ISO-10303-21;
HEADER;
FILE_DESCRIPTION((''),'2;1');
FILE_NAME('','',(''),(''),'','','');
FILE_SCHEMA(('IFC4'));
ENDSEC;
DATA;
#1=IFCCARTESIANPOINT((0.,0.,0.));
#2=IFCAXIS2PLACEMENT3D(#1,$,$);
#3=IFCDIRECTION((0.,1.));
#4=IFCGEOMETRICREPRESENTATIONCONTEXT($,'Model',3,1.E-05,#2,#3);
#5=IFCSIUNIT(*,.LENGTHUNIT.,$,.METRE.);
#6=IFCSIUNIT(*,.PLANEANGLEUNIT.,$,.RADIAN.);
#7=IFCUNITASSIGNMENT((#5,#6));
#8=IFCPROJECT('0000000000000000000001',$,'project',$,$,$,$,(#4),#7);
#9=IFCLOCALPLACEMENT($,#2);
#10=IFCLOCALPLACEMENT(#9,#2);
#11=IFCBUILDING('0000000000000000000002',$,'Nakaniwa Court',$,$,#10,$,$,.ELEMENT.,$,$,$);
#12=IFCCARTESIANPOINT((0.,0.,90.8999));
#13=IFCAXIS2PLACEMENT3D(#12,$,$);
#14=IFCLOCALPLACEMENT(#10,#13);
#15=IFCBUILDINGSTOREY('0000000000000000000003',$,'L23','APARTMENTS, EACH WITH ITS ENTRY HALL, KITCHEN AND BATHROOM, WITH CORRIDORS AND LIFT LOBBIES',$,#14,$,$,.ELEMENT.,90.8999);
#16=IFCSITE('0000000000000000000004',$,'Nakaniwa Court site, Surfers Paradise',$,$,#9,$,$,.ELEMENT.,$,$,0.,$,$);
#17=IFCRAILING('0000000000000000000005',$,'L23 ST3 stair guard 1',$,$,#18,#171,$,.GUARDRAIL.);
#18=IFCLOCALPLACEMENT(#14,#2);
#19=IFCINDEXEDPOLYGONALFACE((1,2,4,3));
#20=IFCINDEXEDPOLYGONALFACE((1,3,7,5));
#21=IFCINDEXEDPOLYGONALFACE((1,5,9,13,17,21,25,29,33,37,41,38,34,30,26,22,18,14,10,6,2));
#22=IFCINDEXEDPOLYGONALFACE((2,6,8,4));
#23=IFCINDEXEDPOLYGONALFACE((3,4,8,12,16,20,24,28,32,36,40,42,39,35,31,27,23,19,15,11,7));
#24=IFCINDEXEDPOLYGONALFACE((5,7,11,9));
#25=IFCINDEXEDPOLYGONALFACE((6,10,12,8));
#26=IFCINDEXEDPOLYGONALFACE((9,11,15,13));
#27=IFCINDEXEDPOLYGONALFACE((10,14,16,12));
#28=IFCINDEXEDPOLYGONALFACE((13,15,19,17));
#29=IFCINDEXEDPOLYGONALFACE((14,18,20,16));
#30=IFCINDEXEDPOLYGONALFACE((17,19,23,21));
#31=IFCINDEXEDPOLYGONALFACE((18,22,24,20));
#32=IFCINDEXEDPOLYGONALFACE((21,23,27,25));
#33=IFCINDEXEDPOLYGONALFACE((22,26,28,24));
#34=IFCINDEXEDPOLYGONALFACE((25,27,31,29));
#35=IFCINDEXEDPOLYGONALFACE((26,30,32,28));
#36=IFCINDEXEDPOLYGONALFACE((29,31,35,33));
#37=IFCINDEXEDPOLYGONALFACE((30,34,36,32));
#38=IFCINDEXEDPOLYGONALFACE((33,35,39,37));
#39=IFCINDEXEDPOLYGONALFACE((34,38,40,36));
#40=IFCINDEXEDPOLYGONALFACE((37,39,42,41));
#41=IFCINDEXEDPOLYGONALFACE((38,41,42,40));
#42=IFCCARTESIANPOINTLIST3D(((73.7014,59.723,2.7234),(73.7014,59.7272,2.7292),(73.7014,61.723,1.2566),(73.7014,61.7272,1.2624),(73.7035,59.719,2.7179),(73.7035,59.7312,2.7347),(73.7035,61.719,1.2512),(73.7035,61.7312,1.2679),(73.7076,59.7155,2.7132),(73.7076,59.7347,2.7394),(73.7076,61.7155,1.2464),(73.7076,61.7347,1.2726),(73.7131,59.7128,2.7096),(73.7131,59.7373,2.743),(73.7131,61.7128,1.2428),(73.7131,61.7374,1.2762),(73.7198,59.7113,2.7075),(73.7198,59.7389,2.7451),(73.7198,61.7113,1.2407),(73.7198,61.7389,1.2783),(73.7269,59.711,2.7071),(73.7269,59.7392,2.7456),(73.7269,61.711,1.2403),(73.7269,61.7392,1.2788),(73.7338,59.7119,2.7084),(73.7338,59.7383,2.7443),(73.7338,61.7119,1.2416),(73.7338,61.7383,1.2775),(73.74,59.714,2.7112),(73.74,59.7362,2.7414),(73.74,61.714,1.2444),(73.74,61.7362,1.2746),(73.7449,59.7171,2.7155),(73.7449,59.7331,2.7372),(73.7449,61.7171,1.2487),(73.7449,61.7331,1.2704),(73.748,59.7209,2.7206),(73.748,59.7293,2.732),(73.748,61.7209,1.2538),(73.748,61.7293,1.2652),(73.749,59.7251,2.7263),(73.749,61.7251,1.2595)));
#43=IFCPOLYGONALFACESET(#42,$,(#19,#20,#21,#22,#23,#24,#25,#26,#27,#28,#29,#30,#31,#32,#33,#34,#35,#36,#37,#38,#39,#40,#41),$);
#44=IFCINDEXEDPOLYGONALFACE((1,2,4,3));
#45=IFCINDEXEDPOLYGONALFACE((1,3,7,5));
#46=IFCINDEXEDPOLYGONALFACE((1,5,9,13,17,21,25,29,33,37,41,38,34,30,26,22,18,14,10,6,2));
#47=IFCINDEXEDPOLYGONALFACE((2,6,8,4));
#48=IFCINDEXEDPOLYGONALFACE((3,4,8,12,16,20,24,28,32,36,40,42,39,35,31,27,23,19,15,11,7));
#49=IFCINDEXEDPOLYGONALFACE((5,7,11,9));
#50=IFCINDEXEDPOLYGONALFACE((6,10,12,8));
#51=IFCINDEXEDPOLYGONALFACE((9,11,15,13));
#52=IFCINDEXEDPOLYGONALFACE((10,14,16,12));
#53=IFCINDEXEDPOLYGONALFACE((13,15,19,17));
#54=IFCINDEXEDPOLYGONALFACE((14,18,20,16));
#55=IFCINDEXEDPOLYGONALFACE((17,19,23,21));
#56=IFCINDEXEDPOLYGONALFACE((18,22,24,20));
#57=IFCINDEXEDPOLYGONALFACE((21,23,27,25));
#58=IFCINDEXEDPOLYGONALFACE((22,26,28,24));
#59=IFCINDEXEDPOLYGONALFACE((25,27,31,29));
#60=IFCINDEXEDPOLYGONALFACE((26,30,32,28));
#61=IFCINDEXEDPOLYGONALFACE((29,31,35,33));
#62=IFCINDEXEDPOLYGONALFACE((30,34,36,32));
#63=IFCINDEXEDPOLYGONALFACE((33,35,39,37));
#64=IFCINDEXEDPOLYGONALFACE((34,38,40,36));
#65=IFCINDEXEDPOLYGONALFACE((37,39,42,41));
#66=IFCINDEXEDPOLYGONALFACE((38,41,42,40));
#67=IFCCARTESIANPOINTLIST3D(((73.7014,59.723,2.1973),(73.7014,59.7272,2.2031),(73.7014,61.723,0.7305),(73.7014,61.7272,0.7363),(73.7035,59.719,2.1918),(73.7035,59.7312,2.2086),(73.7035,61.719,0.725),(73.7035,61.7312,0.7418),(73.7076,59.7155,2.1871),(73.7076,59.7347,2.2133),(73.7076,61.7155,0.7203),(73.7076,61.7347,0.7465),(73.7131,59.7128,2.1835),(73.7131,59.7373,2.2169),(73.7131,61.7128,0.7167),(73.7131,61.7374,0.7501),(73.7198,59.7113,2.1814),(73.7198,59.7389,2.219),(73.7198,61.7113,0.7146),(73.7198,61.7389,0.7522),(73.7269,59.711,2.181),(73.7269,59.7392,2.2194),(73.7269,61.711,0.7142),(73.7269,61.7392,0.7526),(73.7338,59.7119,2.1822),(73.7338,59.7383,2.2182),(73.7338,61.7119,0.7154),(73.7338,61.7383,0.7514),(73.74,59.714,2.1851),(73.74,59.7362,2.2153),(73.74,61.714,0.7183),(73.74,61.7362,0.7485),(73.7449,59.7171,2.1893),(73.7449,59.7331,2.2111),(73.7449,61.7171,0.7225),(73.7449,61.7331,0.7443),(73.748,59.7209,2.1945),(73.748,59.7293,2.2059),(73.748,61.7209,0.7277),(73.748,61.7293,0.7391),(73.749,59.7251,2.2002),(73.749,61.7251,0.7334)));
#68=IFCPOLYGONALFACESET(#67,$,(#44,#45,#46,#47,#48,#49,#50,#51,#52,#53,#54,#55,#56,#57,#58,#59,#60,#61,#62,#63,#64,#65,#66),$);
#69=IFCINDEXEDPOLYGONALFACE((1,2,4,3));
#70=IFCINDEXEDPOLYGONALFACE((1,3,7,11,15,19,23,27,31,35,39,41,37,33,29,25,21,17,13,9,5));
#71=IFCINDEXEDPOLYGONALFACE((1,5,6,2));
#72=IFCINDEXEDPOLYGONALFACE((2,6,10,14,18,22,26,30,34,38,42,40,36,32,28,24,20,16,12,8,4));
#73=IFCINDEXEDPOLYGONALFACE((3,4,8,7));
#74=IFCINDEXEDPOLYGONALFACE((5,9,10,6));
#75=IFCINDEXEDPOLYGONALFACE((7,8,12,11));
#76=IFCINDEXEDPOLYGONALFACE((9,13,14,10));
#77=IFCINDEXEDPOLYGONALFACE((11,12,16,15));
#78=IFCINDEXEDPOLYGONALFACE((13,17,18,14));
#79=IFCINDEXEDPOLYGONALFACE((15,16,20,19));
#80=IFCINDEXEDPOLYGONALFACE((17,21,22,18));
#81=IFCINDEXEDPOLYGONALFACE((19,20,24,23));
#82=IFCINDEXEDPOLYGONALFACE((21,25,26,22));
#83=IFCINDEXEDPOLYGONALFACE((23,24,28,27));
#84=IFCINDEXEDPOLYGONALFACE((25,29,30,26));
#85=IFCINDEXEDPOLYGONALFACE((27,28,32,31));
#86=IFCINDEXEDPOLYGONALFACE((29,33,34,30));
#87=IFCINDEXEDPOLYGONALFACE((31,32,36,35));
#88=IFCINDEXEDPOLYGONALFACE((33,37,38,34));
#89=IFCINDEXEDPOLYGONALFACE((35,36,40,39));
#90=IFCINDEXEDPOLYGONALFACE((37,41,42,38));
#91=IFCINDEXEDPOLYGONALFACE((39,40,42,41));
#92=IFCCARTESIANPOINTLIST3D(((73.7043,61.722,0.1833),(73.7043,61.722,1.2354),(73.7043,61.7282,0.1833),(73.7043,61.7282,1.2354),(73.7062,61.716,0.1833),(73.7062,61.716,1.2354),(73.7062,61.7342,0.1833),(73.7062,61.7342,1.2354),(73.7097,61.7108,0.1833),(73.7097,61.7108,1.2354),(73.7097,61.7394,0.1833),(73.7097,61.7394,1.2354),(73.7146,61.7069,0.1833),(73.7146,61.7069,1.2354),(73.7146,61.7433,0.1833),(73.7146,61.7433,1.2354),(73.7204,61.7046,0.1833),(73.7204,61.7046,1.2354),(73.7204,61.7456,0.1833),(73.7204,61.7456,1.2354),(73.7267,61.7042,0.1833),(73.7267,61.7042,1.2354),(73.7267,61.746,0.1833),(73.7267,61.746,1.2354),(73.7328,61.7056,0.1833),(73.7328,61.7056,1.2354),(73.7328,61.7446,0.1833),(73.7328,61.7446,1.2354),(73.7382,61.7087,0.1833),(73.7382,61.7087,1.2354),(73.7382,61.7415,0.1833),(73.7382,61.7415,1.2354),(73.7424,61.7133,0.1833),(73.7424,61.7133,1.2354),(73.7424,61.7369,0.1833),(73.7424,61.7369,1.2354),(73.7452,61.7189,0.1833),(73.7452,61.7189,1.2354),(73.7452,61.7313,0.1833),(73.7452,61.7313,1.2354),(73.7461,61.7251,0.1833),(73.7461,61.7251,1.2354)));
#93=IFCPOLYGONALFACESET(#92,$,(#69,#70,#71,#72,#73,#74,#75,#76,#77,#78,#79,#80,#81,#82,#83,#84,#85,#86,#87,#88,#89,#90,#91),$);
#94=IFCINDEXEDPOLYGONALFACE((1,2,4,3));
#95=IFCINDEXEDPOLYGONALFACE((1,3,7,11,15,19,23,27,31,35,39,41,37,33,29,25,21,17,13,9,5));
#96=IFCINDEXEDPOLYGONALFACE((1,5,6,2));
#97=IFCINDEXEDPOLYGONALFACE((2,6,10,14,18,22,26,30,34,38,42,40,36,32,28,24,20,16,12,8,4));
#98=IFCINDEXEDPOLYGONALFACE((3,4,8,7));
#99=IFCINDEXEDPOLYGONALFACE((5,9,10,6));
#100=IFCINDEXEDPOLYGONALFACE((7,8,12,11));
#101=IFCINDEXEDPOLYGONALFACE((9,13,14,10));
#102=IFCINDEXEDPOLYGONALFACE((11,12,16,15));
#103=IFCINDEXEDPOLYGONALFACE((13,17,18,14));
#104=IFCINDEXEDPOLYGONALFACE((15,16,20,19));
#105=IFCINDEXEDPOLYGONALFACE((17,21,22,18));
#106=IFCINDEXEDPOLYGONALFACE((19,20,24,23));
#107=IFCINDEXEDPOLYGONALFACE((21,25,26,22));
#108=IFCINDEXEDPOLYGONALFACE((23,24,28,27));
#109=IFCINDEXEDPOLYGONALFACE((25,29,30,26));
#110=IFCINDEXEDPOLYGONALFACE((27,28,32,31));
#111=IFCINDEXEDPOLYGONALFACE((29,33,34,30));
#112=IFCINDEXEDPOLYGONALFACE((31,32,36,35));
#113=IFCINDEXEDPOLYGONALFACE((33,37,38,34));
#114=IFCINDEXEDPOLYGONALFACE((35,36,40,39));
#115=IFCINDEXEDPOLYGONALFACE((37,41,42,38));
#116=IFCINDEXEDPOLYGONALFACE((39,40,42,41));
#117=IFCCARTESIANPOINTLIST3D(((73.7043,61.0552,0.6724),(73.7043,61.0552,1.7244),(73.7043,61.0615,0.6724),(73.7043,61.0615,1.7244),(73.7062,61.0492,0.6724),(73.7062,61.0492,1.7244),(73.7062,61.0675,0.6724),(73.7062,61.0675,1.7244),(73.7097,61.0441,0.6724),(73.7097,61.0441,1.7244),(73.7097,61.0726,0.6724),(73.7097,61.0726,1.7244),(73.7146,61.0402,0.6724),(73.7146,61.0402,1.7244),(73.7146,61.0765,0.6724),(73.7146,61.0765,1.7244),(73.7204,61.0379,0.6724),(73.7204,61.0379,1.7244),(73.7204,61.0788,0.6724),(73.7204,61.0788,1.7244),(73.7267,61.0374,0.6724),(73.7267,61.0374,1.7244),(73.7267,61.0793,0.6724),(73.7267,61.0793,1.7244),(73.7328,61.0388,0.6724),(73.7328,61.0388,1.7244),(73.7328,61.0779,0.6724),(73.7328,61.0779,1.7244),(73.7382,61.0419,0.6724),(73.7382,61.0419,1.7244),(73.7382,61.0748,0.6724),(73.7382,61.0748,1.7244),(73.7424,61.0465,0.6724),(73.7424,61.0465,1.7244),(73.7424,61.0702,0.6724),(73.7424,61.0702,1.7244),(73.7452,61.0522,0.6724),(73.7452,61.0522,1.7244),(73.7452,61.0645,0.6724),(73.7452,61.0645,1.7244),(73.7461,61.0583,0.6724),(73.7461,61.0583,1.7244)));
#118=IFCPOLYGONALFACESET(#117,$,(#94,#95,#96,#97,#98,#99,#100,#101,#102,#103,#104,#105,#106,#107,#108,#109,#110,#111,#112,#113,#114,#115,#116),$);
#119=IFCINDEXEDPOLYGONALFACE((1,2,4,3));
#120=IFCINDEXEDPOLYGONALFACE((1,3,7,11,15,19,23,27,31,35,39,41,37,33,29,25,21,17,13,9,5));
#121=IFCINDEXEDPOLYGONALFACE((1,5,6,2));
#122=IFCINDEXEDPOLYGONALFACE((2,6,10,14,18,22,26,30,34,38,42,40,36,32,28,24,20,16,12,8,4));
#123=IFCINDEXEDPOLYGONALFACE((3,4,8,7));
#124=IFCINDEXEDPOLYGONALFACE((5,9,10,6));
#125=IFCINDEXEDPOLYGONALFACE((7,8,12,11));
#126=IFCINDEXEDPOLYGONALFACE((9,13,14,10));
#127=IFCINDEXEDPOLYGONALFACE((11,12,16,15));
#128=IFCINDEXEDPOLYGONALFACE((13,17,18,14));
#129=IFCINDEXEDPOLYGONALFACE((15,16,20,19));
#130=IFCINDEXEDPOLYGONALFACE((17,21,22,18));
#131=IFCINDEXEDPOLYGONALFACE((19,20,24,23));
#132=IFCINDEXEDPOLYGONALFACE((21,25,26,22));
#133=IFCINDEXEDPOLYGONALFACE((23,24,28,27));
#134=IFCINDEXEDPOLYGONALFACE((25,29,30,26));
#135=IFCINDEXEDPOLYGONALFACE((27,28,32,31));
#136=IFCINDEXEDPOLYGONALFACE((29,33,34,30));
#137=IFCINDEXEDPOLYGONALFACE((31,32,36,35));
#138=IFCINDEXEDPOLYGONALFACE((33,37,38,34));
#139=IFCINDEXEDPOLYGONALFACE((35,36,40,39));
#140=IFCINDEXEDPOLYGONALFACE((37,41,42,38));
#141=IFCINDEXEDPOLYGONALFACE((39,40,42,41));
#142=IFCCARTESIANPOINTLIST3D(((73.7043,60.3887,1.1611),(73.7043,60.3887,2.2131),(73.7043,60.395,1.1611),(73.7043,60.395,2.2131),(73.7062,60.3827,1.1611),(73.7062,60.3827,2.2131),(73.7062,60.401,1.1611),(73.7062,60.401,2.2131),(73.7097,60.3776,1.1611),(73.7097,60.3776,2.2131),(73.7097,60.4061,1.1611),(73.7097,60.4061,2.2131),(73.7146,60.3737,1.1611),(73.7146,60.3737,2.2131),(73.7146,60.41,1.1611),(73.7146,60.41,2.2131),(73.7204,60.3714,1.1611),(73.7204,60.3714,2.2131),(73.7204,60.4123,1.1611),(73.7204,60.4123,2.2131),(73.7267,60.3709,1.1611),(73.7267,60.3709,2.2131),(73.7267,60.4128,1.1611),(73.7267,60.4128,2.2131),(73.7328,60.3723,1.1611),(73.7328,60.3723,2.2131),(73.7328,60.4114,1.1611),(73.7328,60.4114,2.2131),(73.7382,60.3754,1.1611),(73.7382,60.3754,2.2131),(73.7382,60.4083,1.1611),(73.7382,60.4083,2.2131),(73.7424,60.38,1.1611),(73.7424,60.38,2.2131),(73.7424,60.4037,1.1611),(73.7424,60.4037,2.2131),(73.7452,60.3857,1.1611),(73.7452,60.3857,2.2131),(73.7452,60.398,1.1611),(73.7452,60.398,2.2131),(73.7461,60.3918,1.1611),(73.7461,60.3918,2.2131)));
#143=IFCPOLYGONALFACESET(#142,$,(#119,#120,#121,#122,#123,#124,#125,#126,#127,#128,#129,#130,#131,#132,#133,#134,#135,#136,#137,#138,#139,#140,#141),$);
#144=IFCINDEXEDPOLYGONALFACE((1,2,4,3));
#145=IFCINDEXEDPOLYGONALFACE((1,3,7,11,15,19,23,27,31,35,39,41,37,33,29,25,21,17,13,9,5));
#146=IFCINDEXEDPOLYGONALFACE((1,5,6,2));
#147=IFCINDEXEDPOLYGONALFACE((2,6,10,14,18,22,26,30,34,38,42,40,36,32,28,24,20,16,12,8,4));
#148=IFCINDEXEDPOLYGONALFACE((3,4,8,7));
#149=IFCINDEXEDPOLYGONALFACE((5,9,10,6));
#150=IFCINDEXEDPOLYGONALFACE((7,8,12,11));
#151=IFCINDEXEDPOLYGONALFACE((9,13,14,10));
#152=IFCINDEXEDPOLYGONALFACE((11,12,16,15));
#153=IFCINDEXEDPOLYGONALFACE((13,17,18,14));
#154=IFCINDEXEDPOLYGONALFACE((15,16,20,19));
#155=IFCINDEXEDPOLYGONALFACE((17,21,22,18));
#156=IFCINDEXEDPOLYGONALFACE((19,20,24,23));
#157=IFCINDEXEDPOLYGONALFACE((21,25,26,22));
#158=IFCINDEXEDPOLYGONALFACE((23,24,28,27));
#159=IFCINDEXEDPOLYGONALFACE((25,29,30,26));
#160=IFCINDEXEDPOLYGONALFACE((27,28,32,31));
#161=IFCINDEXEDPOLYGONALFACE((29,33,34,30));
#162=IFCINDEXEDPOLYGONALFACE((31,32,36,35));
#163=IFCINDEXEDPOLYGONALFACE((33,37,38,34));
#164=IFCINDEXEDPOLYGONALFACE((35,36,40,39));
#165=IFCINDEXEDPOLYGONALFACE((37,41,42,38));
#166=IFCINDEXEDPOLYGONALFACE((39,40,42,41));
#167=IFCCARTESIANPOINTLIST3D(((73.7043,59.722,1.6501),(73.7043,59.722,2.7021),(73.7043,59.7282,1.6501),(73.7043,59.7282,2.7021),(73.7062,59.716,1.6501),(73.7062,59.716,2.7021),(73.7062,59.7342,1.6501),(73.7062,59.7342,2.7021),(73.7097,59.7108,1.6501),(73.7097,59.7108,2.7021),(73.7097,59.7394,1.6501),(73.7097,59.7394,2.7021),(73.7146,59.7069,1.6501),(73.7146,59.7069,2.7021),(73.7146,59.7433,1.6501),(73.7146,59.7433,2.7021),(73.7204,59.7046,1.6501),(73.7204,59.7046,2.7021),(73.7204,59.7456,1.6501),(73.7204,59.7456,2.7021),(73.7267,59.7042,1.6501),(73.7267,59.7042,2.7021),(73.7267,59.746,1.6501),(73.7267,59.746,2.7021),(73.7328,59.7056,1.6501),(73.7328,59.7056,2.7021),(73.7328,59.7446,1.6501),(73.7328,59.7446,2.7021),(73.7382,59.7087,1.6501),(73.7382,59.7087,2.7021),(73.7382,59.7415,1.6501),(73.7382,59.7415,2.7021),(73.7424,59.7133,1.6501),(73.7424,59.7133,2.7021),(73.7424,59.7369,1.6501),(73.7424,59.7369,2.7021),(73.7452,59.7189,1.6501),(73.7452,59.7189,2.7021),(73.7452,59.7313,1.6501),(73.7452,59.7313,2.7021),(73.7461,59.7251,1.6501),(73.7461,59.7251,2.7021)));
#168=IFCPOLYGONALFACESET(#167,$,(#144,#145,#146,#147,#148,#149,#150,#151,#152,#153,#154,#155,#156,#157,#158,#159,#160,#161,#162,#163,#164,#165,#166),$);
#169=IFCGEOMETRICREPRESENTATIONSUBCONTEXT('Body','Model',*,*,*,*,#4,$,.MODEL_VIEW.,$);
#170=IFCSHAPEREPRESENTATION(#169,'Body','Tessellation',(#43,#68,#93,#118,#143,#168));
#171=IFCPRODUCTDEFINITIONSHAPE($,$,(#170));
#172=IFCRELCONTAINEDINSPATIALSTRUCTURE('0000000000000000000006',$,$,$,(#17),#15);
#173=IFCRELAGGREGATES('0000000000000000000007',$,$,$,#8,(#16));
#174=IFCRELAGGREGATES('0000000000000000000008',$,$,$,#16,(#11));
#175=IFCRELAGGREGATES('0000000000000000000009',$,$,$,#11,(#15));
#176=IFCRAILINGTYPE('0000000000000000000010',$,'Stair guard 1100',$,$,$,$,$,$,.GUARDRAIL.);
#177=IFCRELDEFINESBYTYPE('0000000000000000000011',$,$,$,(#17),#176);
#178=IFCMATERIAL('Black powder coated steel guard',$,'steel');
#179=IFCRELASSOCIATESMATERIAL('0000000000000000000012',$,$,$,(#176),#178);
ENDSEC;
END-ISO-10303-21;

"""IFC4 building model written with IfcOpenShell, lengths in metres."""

from ifc_helpers import new_model, si_unit, direction, frame, origin, origin_2d, place, context, subcontext, project, spatial, circle, extrude, material, type_object, element, save


model = new_model("IFC4")

# Units and contexts
model_context = context("Model", 3, precision=1e-05, world=origin(), true_north=direction((0.0, 1.0)))
body_context = subcontext(model_context, "Body", "Model", "MODEL_VIEW")
ifc_project = project(units=[si_unit("LENGTHUNIT", "METRE"), si_unit("PLANEANGLEUNIT", "RADIAN")], contexts=[model_context])

# Site, building, storey
site_placement = place(None, origin())
site = spatial("IfcSite", under=ifc_project, at=site_placement, Name="Nakaniwa Court site, Surfers Paradise", CompositionType="ELEMENT", RefElevation=0.0)
building_placement = place(site_placement, origin())
building = spatial("IfcBuilding", under=site, at=building_placement, Name="Nakaniwa Court", CompositionType="ELEMENT")
storey_placement = place(building_placement, frame((0.0, 0.0, 90.8999)))
storey = spatial("IfcBuildingStorey", under=building, at=storey_placement, Name="L23", Description="APARTMENTS, EACH WITH ITS ENTRY HALL, KITCHEN AND BATHROOM, WITH CORRIDORS AND LIFT LOBBIES", CompositionType="ELEMENT", Elevation=90.8999)

# Railing
ifc_material_1 = material(Name="Black powder coated steel guard", Category="steel")
railing_type_1 = type_object("IfcRailingType", Name="Stair guard 1100", PredefinedType="GUARDRAIL", material=ifc_material_1)
railing_1_placement = place(storey_placement, frame((73.7251, 61.7251, 0.1833)))
element("IfcRailing", 1, at=railing_1_placement, inside=storey, type_object=railing_type_1, Name="L23 ST3 stair guard 1", PredefinedType="GUARDRAIL", context=body_context, shape_type="SweptSolid", body=[
    extrude(circle(Radius=0.0239, at=origin_2d()), frame((0.0, 0.0, 1.0762), z_axis=(0.0, -0.80638, 0.591398), x_axis=(1.0, 0.0, 0.0)), (0.0, 0.0, 1.0), 2.4802),
    extrude(circle(Radius=0.0239, at=origin_2d()), frame((0.0, 0.0, 0.55), z_axis=(0.0, -0.80638, 0.591398), x_axis=(1.0, 0.0, 0.0)), (0.0, 0.0, 1.0), 2.4802),
    extrude(circle(Radius=0.021, at=origin_2d()), origin(), (0.0, 0.0, 1.0), 1.052),
    extrude(circle(Radius=0.021, at=origin_2d()), frame((0.0, -0.6667, 0.489)), (0.0, 0.0, 1.0), 1.052),
    extrude(circle(Radius=0.021, at=origin_2d()), frame((0.0, -1.3333, 0.9778)), (0.0, 0.0, 1.0), 1.052),
    extrude(circle(Radius=0.021, at=origin_2d()), frame((0.0, -2.0, 1.4668)), (0.0, 0.0, 1.0), 1.052),
])

save(model, "model.ifc")
